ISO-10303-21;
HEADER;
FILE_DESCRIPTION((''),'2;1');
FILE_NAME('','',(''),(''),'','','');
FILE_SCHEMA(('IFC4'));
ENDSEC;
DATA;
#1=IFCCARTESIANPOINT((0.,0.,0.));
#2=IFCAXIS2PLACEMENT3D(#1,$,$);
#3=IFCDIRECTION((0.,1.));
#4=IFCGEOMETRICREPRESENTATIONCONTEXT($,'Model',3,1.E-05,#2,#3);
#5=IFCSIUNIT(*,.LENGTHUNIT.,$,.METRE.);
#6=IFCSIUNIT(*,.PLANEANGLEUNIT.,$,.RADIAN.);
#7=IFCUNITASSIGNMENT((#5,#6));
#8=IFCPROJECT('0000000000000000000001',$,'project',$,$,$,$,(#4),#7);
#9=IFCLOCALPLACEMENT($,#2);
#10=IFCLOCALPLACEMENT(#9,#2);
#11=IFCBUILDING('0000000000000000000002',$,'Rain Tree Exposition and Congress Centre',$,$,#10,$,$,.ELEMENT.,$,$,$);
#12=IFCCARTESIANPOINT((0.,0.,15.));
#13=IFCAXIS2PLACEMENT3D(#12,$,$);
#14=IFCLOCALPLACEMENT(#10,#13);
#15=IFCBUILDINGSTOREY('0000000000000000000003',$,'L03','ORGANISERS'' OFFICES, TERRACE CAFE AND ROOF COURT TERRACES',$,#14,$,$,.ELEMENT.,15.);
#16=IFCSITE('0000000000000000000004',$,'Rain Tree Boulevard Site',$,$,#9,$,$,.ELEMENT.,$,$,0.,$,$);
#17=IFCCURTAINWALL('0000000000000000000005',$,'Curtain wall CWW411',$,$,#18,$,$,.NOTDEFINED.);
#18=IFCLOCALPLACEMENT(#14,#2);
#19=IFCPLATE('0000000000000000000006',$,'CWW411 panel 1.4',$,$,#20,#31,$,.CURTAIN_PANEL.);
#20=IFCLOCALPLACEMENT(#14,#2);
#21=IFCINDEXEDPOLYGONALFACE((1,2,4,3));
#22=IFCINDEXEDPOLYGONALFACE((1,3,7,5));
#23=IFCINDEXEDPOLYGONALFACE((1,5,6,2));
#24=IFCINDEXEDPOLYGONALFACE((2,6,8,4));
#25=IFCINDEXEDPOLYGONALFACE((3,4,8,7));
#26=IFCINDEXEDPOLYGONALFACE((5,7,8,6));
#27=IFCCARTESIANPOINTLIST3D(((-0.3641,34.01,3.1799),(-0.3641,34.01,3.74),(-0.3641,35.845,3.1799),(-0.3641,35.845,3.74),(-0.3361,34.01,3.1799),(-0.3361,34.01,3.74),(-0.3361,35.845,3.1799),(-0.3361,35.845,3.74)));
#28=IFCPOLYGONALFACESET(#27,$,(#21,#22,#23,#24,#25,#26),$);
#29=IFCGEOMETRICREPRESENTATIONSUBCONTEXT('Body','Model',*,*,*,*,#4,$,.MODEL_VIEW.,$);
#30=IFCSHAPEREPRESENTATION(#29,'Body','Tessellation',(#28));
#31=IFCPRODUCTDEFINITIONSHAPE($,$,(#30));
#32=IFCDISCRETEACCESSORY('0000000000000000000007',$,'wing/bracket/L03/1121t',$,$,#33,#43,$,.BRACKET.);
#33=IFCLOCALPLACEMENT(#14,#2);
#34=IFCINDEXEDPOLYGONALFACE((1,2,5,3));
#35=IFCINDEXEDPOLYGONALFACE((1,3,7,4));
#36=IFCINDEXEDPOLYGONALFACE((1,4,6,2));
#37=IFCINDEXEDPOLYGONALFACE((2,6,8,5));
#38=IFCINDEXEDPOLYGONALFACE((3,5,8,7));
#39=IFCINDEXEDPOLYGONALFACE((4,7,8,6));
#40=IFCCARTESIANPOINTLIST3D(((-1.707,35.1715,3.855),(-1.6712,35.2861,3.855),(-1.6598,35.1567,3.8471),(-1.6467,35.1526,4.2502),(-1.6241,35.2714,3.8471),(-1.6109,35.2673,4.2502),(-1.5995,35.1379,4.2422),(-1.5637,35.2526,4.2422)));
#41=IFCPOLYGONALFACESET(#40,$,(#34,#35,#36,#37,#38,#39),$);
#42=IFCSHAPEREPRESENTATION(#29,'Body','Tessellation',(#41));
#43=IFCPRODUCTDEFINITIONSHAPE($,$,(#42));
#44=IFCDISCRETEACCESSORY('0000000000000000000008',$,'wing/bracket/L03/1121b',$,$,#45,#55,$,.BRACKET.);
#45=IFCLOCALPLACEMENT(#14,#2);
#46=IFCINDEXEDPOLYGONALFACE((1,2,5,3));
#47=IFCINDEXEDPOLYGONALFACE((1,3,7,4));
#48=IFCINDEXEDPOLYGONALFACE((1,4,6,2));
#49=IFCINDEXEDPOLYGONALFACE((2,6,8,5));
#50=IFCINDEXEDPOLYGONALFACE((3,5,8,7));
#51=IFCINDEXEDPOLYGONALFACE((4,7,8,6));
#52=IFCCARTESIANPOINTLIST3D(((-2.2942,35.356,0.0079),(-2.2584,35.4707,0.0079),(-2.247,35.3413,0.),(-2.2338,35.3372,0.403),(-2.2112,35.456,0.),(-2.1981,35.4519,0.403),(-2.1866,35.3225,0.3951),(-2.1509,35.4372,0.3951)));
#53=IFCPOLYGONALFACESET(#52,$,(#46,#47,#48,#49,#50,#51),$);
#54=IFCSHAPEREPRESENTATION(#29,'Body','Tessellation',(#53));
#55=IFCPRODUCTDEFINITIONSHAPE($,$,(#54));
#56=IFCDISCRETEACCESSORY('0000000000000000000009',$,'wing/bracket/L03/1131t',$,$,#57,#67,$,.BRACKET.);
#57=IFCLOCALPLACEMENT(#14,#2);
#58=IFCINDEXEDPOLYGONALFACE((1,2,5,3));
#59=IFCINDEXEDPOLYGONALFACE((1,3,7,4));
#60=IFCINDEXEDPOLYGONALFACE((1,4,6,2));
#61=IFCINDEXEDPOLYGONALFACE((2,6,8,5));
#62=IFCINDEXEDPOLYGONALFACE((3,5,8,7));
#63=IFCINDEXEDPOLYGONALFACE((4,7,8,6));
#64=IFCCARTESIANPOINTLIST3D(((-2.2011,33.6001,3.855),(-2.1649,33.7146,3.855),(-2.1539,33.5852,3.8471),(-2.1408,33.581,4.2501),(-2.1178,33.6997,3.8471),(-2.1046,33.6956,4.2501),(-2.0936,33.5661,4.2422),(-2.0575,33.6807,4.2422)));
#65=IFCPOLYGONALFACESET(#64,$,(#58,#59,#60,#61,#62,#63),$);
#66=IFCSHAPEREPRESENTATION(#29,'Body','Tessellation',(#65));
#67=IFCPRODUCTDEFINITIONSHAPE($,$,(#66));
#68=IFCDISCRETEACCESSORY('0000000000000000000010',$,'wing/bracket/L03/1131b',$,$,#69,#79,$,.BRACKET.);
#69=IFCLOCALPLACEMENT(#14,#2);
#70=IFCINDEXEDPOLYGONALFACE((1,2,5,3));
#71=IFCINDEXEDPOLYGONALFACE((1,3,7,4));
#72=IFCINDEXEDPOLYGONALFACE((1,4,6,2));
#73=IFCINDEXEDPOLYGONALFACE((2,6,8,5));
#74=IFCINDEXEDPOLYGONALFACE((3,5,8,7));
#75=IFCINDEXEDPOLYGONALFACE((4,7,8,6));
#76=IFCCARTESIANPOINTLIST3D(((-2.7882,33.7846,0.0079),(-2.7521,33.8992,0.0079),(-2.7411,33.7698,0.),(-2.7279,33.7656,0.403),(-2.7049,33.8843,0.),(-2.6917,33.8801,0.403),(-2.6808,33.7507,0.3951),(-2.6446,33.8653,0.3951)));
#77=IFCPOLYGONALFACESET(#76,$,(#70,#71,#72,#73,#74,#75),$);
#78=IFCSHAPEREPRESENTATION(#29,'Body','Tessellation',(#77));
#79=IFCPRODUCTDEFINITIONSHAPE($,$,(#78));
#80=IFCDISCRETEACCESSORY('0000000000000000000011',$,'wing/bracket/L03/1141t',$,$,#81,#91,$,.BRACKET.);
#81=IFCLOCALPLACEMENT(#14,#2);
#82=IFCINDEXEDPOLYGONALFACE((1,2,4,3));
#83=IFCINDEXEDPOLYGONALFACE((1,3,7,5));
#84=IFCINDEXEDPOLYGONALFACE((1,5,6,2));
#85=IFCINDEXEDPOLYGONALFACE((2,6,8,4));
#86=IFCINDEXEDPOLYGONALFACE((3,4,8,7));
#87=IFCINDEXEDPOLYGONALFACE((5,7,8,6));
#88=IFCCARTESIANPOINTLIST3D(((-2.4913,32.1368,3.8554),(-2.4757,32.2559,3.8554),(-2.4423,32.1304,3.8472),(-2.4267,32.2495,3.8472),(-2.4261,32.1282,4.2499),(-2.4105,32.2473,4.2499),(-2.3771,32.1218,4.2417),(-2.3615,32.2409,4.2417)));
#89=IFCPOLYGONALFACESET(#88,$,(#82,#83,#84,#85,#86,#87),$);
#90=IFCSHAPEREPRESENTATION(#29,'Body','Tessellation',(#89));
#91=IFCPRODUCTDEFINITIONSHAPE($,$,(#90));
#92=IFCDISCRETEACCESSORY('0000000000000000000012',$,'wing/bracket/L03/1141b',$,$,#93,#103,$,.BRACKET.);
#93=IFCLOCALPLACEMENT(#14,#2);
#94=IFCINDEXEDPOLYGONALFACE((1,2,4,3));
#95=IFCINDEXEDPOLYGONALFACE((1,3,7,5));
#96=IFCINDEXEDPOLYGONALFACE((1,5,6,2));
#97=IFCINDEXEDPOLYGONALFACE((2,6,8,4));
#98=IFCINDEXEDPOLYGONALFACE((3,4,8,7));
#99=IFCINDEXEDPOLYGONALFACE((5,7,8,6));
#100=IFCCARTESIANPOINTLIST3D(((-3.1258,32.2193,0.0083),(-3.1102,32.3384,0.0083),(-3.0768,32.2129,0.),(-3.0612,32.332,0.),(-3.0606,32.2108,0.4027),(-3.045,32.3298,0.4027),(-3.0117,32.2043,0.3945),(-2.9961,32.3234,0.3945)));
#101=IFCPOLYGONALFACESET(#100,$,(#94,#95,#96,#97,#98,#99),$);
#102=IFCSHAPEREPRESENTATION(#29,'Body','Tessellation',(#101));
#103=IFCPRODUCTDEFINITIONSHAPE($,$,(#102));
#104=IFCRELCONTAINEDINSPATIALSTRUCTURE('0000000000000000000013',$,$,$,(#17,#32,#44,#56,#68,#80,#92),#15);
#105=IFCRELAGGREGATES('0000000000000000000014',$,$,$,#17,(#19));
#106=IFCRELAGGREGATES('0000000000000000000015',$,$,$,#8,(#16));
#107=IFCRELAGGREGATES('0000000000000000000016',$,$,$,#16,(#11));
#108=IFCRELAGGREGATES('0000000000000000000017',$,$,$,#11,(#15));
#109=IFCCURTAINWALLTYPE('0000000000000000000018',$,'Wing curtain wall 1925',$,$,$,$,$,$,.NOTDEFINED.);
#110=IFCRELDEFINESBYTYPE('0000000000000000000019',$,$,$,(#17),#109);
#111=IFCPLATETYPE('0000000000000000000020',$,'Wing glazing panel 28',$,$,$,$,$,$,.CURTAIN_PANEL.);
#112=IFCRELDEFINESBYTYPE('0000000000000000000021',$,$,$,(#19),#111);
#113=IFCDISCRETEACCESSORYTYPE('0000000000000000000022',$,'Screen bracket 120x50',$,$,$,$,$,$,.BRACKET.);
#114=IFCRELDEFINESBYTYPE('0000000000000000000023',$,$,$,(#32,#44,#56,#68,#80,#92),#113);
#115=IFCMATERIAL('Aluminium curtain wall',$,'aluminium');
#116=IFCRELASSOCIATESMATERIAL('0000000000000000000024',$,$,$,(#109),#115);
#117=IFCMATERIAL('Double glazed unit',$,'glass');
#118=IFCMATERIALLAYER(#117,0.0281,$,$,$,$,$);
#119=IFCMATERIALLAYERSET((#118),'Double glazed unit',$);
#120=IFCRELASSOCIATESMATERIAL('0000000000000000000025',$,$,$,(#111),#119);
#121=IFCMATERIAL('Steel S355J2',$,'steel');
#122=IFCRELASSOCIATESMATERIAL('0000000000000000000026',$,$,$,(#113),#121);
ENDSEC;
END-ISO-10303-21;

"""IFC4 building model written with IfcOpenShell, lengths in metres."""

from ifc_helpers import new_model, si_unit, direction, frame, origin, origin_2d, place, context, subcontext, project, spatial, rectangle, extrude, material, layer, layer_set, material_profile, profile_set, type_object, element, aggregate, save


model = new_model("IFC4")

# Units and contexts
model_context = context("Model", 3, precision=1e-05, world=origin(), true_north=direction((0.0, 1.0)))
body_context = subcontext(model_context, "Body", "Model", "MODEL_VIEW")
ifc_project = project(units=[si_unit("LENGTHUNIT", "METRE"), si_unit("PLANEANGLEUNIT", "RADIAN")], contexts=[model_context])

# Site, building, storey
site_placement = place(None, origin())
site = spatial("IfcSite", under=ifc_project, at=site_placement, Name="Rain Tree Boulevard Site", CompositionType="ELEMENT", RefElevation=0.0)
building_placement = place(site_placement, origin())
building = spatial("IfcBuilding", under=site, at=building_placement, Name="Rain Tree Exposition and Congress Centre", CompositionType="ELEMENT")
storey_placement = place(building_placement, frame((0.0, 0.0, 15.0)))
storey = spatial("IfcBuildingStorey", under=building, at=storey_placement, Name="L03", Description="ORGANISERS' OFFICES, TERRACE CAFE AND ROOF COURT TERRACES", CompositionType="ELEMENT", Elevation=15.0)

# Shared definitions
ifc_material_1 = material(Name="Aluminium curtain wall", Category="aluminium")
curtain_wall_type = type_object("IfcCurtainWallType", Name="Wing curtain wall 1925", PredefinedType="NOTDEFINED", material=ifc_material_1)

# Curtain wall
curtain_wall_1_placement = place(storey_placement, origin())
curtain_wall_1 = element("IfcCurtainWall", 1, at=curtain_wall_1_placement, inside=storey, type_object=curtain_wall_type, Name="Curtain wall CWW411", PredefinedType="NOTDEFINED")

# Plate
ifc_material_2 = material(Name="Double glazed unit", Category="glass")
ifc_layer_1 = layer(ifc_material_2, 0.0281)
ifc_layer_set_1 = layer_set([ifc_layer_1], Name="Double glazed unit")
plate_type = type_object("IfcPlateType", Name="Wing glazing panel 28", PredefinedType="CURTAIN_PANEL", material=ifc_layer_set_1)
plate_1_placement = place(storey_placement, frame((-0.3501, 34.9275, 3.1799), z_axis=(0.0, 0.0, 1.0), x_axis=(0.0, 1.0, 0.0)))
plate_1 = element("IfcPlate", 2, at=plate_1_placement, type_object=plate_type, Name="CWW411 panel 1.4", PredefinedType="CURTAIN_PANEL", context=body_context, shape_type="SweptSolid", body=[
    extrude(rectangle(XDim=1.835, YDim=0.0281, at=origin_2d()), origin(), (0.0, 0.0, 1.0), 0.5601),
])
aggregate(curtain_wall_1, [plate_1])

# Discrete accessories
ifc_material_3 = material(Name="Steel S355J2", Category="steel")
ifc_material_profile_1 = material_profile(ifc_material_3, rectangle(XDim=0.1201, YDim=0.05, at=origin_2d()), Name="Flat bar 120x50")
ifc_profile_set_1 = profile_set([ifc_material_profile_1], Name="Steel S355J2")
discrete_accessory_type = type_object("IfcDiscreteAccessoryType", Name="Screen bracket 120x50", PredefinedType="BRACKET", material=ifc_profile_set_1)
for number, where, z_axis, x_axis, name in (
    (3, (-1.6655, 35.2214, 3.8511), (0.150743, -0.046993, 0.987456), (0.297615, 0.954686, 0.0), "wing/bracket/L03/1121t"),
    (4, (-2.2527, 35.406, 0.0039), (0.150743, -0.046993, 0.987456), (0.297615, 0.954686, 0.0), "wing/bracket/L03/1121b"),
    (5, (-2.1594, 33.6499, 3.8511), (0.150738, -0.047602, 0.987427), (0.301131, 0.953583, 0.0), "wing/bracket/L03/1131t"),
    (6, (-2.7466, 33.8345, 0.0039), (0.150738, -0.047602, 0.987427), (0.301131, 0.953583, 0.0), "wing/bracket/L03/1131b"),
):
    element("IfcDiscreteAccessory", number, at=place(storey_placement, frame(where, z_axis=z_axis, x_axis=x_axis)), inside=storey, type_object=discrete_accessory_type, Name=name, PredefinedType="BRACKET", context=body_context, shape_type="SweptSolid", body=[
        extrude(rectangle(XDim=0.1201, YDim=0.05, at=origin_2d()), origin(), (0.0, 0.0, 1.0), 0.4001),
    ])
for number, where, z_axis, x_axis, name in (
    (7, (-2.459, 32.1931, 3.8513), (0.162976, -0.021364, 0.986399), (0.129974, 0.991517, 0.0), "wing/bracket/L03/1141t"),
    (8, (-3.0935, 32.2756, 0.0042), (0.162976, -0.021364, 0.986399), (0.129974, 0.991517, 0.0), "wing/bracket/L03/1141b"),
):
    element("IfcDiscreteAccessory", number, at=place(storey_placement, frame(where, z_axis=z_axis, x_axis=x_axis)), inside=storey, type_object=discrete_accessory_type, Name=name, PredefinedType="BRACKET", context=body_context, shape_type="SweptSolid", body=[
        extrude(rectangle(XDim=0.1201, YDim=0.05, at=origin_2d()), origin(), (0.0, 0.0, 1.0), 0.3999),
    ])

save(model, "model.ifc")
